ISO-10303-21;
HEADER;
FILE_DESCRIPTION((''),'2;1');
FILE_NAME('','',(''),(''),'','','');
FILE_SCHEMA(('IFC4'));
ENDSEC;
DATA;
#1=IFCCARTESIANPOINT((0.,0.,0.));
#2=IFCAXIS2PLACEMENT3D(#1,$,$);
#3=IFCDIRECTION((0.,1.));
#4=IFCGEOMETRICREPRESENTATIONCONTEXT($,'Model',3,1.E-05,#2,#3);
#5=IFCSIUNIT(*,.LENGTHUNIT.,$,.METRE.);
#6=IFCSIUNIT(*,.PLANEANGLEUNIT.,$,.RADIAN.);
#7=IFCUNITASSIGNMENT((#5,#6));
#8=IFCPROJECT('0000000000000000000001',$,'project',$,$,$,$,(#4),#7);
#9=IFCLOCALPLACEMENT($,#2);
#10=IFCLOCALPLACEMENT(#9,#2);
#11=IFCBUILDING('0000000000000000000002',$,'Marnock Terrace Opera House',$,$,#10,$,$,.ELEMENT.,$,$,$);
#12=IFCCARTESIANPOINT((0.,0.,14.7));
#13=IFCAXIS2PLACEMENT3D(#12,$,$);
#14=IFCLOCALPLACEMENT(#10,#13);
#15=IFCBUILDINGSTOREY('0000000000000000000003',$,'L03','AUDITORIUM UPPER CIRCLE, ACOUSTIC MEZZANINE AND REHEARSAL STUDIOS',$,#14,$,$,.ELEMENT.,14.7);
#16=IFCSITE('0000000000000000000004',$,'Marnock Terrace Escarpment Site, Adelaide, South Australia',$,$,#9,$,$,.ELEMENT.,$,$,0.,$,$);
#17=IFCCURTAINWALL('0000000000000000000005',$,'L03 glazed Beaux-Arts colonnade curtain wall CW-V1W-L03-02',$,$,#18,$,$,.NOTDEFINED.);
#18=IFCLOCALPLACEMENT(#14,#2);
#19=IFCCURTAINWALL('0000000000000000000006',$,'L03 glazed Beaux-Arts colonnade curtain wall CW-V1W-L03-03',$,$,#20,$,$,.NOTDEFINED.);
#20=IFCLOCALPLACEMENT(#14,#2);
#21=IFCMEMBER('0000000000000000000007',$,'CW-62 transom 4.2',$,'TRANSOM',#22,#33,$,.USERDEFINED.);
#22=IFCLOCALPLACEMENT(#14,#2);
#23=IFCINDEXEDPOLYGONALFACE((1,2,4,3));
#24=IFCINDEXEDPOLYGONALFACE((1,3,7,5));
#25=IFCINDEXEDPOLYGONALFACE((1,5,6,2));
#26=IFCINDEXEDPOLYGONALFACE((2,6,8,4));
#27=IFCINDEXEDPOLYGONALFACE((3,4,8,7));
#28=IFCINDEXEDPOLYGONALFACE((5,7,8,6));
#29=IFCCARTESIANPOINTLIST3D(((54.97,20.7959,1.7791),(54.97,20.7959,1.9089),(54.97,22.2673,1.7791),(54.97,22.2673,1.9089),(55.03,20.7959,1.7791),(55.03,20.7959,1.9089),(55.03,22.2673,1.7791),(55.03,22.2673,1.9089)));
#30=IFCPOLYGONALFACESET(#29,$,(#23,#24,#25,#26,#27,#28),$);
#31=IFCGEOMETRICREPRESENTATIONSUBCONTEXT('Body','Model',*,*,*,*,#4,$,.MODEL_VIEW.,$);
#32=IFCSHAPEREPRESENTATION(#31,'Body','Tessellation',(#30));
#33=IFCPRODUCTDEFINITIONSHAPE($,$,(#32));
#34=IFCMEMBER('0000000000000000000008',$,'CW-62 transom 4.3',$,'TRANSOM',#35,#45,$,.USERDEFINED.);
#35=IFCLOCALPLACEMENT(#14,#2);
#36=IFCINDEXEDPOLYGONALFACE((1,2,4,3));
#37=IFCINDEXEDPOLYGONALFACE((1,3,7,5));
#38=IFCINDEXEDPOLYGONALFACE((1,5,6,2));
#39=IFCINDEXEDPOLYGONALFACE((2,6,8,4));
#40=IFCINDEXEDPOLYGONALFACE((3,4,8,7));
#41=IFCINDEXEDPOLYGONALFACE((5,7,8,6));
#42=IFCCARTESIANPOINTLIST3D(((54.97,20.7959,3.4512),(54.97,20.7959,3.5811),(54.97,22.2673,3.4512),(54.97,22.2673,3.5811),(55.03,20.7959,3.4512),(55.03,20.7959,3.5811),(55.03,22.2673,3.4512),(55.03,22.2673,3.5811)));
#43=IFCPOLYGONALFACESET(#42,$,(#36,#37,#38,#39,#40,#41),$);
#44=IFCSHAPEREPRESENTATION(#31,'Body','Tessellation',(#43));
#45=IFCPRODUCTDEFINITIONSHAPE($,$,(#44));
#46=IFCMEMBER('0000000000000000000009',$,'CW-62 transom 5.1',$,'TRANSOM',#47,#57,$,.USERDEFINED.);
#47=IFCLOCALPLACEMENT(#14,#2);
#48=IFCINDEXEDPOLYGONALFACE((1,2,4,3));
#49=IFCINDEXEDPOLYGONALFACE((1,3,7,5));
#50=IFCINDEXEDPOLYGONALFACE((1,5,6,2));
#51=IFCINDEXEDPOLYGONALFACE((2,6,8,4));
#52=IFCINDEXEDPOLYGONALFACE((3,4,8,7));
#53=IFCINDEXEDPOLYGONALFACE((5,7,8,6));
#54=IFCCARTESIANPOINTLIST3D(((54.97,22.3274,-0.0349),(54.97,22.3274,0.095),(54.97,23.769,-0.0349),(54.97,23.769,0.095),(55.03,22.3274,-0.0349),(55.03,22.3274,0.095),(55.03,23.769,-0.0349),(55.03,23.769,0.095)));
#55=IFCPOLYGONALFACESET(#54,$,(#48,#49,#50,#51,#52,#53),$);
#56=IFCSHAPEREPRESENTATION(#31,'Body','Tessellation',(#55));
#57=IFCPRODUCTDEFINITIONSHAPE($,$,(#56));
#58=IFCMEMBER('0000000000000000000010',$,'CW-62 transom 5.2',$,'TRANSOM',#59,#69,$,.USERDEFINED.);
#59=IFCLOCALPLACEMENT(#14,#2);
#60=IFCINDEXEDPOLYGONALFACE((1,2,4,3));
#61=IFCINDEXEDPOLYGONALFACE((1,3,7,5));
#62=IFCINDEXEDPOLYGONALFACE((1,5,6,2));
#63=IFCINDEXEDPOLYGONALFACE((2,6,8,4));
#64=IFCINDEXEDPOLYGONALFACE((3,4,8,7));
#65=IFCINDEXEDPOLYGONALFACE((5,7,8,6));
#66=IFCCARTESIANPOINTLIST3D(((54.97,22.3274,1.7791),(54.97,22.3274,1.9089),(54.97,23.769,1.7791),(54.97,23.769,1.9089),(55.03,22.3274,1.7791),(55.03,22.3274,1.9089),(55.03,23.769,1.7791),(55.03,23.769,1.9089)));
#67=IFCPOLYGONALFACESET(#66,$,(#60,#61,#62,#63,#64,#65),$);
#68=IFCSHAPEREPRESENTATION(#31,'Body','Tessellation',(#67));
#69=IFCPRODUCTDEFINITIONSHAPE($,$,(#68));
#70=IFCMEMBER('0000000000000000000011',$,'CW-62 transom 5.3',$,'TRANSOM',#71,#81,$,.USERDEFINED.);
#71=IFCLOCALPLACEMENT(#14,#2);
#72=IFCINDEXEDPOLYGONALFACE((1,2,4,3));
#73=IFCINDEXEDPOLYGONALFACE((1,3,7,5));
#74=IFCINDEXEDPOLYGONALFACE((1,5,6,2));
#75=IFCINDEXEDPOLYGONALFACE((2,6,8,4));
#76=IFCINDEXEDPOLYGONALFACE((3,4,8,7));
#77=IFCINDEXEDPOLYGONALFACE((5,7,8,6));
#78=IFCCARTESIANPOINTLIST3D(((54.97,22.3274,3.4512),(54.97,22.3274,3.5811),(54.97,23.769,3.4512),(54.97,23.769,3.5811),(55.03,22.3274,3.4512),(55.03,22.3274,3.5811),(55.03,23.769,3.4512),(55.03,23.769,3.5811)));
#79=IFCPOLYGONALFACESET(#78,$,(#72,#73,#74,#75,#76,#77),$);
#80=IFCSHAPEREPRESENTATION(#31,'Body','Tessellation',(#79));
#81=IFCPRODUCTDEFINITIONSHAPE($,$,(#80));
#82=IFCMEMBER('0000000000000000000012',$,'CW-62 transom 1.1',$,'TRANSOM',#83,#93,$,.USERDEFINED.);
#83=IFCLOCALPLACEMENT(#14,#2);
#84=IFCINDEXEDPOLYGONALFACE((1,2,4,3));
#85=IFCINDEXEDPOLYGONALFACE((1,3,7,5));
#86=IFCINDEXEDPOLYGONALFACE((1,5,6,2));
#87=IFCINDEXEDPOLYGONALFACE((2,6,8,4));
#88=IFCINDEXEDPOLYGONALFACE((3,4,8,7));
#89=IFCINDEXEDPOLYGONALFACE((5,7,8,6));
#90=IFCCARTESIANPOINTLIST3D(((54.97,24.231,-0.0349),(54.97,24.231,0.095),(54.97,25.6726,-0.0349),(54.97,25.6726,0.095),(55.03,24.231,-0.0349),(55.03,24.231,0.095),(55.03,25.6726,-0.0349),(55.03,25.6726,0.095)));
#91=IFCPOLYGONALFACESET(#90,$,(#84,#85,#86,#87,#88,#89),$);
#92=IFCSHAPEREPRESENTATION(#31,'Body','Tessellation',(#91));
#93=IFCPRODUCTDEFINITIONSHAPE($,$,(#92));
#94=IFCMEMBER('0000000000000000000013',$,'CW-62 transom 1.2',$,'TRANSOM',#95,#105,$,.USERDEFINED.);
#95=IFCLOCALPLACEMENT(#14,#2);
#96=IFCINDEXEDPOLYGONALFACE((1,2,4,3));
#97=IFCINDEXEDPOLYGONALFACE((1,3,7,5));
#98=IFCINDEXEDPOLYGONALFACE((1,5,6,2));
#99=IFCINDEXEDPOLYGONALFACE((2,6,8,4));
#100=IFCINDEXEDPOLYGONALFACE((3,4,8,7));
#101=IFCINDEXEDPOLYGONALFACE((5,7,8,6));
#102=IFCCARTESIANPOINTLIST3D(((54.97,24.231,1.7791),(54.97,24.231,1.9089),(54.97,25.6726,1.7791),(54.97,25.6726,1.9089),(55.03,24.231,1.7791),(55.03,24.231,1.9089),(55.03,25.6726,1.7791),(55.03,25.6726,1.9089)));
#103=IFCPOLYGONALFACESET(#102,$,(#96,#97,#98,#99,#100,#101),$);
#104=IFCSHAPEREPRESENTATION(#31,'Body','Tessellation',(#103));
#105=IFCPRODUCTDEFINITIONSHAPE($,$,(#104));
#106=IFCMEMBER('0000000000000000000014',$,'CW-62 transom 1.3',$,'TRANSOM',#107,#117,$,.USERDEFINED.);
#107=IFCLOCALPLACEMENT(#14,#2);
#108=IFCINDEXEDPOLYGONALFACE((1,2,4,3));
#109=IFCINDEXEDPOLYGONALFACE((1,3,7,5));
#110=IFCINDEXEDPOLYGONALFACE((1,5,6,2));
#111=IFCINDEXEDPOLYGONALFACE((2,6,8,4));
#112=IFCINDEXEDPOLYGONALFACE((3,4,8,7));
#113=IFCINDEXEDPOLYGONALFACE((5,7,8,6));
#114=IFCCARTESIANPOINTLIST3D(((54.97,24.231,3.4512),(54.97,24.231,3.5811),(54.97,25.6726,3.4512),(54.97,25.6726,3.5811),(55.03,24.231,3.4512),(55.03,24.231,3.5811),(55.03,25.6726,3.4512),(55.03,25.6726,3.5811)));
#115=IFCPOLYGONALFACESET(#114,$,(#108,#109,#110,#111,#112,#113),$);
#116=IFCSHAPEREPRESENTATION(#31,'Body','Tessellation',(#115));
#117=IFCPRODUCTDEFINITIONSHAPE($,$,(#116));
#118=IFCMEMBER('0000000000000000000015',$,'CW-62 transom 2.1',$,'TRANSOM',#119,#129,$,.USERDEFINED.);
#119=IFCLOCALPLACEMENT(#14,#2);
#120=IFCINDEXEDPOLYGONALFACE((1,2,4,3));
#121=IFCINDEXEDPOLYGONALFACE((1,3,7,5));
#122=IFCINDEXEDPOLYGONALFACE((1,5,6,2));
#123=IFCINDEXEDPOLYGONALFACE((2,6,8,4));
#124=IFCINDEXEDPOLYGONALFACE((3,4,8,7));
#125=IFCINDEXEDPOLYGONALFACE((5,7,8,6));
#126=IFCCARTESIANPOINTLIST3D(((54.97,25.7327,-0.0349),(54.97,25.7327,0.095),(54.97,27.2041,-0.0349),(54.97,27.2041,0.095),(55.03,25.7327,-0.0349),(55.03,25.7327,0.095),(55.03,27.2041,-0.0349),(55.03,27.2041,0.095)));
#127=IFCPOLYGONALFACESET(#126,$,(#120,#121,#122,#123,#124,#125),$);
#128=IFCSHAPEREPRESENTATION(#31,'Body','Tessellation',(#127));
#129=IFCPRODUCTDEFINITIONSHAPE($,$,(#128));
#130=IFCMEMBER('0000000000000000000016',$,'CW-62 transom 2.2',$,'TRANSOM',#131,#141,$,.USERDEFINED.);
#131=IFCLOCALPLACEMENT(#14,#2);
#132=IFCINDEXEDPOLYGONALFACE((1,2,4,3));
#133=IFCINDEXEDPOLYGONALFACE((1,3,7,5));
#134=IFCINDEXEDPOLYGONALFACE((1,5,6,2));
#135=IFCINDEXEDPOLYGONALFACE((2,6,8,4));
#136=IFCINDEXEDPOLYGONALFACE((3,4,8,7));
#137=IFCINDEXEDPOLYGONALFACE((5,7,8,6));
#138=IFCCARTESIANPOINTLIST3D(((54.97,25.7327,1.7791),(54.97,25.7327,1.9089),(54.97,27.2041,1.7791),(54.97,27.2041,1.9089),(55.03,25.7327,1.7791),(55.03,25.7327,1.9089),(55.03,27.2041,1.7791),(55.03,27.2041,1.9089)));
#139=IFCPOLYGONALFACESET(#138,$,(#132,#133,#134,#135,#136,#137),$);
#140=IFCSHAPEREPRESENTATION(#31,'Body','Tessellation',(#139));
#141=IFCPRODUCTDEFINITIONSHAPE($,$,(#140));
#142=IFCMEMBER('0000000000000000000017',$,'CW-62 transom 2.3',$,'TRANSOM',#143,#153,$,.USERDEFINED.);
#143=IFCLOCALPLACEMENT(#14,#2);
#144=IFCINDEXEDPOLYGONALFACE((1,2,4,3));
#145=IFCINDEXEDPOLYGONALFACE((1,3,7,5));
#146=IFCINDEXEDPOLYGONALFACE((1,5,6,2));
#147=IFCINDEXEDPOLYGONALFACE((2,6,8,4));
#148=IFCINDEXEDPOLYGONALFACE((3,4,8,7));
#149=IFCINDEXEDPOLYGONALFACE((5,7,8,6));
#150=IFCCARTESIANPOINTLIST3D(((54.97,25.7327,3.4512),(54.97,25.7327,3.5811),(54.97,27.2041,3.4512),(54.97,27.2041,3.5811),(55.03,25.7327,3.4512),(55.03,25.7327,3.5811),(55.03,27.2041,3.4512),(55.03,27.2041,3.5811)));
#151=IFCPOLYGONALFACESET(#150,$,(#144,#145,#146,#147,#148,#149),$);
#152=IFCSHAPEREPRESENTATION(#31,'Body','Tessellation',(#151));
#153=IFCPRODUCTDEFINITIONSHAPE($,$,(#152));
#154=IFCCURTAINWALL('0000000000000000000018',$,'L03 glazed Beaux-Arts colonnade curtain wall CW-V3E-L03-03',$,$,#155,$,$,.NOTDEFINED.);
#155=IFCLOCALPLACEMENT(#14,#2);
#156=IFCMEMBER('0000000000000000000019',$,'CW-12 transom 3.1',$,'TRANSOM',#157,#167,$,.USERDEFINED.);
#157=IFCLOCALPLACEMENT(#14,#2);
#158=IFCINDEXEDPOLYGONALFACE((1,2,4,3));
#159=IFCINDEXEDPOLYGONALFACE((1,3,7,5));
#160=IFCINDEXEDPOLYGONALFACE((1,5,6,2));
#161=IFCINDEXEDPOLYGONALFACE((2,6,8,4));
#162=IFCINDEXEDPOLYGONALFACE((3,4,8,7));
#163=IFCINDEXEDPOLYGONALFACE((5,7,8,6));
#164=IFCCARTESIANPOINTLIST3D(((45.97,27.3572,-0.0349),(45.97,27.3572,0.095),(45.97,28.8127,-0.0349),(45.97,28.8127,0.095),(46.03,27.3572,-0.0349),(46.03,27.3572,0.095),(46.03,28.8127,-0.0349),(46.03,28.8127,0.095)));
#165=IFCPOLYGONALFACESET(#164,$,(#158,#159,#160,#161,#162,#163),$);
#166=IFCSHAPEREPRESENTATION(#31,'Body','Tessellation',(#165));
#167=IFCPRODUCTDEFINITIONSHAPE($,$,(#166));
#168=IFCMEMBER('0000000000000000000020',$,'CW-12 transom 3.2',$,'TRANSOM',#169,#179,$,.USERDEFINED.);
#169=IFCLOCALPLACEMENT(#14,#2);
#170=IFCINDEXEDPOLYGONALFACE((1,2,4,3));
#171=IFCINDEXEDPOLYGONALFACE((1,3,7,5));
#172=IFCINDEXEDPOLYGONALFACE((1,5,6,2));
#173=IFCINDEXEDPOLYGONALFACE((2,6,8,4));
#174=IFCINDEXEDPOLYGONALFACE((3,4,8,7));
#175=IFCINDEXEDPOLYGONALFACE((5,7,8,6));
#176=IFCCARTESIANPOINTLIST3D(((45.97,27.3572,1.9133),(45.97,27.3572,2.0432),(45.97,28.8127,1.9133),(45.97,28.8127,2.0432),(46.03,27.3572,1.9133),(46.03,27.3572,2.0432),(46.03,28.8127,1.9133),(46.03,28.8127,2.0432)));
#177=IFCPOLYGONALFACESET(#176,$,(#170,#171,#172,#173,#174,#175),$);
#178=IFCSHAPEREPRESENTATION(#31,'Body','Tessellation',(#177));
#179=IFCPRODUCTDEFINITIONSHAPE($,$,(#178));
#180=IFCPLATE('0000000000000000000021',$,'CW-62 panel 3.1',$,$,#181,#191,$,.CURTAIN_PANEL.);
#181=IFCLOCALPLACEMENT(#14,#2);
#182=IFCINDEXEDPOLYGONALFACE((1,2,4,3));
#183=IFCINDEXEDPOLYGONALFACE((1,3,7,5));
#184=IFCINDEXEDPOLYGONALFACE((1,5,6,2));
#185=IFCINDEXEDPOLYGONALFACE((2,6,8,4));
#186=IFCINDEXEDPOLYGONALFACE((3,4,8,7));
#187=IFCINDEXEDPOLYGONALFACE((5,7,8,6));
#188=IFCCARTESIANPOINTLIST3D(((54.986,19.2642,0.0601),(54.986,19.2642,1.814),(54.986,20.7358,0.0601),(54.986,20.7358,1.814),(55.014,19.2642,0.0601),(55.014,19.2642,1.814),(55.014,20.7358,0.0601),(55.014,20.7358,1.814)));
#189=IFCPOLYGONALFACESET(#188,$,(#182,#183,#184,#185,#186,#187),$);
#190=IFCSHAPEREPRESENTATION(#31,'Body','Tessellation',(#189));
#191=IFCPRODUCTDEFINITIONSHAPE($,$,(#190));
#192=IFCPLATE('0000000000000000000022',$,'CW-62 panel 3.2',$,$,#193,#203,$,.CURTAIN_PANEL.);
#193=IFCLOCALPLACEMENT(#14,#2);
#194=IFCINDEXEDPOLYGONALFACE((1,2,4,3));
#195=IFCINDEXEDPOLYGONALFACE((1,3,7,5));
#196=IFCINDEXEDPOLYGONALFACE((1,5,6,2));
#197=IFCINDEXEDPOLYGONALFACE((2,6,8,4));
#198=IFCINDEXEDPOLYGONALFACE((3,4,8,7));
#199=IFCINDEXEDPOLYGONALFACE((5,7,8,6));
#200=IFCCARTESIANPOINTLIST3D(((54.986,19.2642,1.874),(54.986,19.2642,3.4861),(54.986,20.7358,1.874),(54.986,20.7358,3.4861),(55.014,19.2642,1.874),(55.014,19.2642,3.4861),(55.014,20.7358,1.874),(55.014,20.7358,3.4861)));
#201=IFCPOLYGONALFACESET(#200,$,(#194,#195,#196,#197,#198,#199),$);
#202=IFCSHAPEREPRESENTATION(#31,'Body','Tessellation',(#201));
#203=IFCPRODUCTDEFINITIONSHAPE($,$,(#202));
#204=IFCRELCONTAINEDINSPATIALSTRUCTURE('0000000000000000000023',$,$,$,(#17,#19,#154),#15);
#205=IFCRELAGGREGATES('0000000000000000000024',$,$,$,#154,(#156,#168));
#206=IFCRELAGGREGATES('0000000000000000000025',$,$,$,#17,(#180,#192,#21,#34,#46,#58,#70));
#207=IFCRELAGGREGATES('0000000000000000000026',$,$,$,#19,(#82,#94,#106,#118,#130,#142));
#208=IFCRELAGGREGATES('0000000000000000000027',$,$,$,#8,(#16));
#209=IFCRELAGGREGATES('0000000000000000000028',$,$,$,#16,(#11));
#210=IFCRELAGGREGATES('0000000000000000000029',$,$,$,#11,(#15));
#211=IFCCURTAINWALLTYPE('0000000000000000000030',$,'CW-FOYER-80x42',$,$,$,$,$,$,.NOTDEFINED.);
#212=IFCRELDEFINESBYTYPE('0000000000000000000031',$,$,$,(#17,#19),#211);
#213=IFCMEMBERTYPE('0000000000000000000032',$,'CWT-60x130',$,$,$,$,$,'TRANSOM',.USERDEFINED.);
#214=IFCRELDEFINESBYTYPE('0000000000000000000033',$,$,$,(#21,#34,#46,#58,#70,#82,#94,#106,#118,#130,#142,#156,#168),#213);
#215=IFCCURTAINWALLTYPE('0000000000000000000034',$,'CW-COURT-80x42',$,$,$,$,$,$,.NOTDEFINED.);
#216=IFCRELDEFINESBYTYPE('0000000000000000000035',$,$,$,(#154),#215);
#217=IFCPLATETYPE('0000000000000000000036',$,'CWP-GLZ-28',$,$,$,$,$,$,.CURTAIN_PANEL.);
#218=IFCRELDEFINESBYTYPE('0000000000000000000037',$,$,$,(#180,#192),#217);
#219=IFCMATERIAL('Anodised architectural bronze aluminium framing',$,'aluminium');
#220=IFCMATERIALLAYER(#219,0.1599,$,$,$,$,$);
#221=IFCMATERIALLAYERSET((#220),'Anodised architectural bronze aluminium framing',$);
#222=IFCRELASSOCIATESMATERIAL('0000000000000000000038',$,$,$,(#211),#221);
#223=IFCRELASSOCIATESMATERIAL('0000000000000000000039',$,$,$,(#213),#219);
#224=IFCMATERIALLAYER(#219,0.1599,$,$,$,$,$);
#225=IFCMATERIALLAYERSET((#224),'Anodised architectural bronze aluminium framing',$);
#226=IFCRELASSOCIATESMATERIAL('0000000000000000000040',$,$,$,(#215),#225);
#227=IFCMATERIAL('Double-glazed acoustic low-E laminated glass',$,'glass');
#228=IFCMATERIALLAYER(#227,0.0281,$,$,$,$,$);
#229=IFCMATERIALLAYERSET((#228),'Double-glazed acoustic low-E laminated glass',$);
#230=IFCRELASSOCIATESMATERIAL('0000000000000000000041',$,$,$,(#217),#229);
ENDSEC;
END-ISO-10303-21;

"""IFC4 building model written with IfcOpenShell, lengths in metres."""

from ifc_helpers import new_model, si_unit, direction, frame, origin, origin_2d, place, context, subcontext, project, spatial, rectangle, extrude, material, layer, layer_set, material_profile, profile_set, type_object, element, aggregate, save


model = new_model("IFC4")

# Units and contexts
model_context = context("Model", 3, precision=1e-05, world=origin(), true_north=direction((0.0, 1.0)))
body_context = subcontext(model_context, "Body", "Model", "MODEL_VIEW")
ifc_project = project(units=[si_unit("LENGTHUNIT", "METRE"), si_unit("PLANEANGLEUNIT", "RADIAN")], contexts=[model_context])

# Site, building, storey
site_placement = place(None, origin())
site = spatial("IfcSite", under=ifc_project, at=site_placement, Name="Marnock Terrace Escarpment Site, Adelaide, South Australia", CompositionType="ELEMENT", RefElevation=0.0)
building_placement = place(site_placement, origin())
building = spatial("IfcBuilding", under=site, at=building_placement, Name="Marnock Terrace Opera House", CompositionType="ELEMENT")
storey_placement = place(building_placement, frame((0.0, 0.0, 14.7)))
storey = spatial("IfcBuildingStorey", under=building, at=storey_placement, Name="L03", Description="AUDITORIUM UPPER CIRCLE, ACOUSTIC MEZZANINE AND REHEARSAL STUDIOS", CompositionType="ELEMENT", Elevation=14.7)

# Curtain walls
ifc_material_1 = material(Name="Anodised architectural bronze aluminium framing", Category="aluminium")
ifc_layer_1 = layer(ifc_material_1, 0.1599)
ifc_layer_set_1 = layer_set([ifc_layer_1], Name="Anodised architectural bronze aluminium framing")
curtain_wall_type_1 = type_object("IfcCurtainWallType", Name="CW-FOYER-80x42", PredefinedType="NOTDEFINED", material=ifc_layer_set_1)
curtain_wall_1_placement = place(storey_placement, origin())
curtain_wall_1 = element("IfcCurtainWall", 1, at=curtain_wall_1_placement, inside=storey, type_object=curtain_wall_type_1, Name="L03 glazed Beaux-Arts colonnade curtain wall CW-V1W-L03-02", PredefinedType="NOTDEFINED")
curtain_wall_2_placement = place(storey_placement, origin())
curtain_wall_2 = element("IfcCurtainWall", 2, at=curtain_wall_2_placement, inside=storey, type_object=curtain_wall_type_1, Name="L03 glazed Beaux-Arts colonnade curtain wall CW-V1W-L03-03", PredefinedType="NOTDEFINED")

# Members
ifc_material_profile_1 = material_profile(ifc_material_1, rectangle(XDim=0.0601, YDim=0.1299, at=origin_2d()))
ifc_profile_set_1 = profile_set([ifc_material_profile_1], Name="Anodised architectural bronze aluminium framing")
member_type_1 = type_object("IfcMemberType", Name="CWT-60x130", ElementType="TRANSOM", PredefinedType="USERDEFINED", material=ifc_profile_set_1)
member_1_placement = place(storey_placement, frame((55.0, 20.7959, 1.844), z_axis=(0.0, 1.0, 0.0), x_axis=(-1.0, 0.0, 0.0)))
member_1 = element("IfcMember", 3, at=member_1_placement, type_object=member_type_1, Name="CW-62 transom 4.2", ObjectType="TRANSOM", PredefinedType="USERDEFINED", context=body_context, shape_type="SweptSolid", body=[
    extrude(rectangle(XDim=0.0601, YDim=0.1299, at=origin_2d()), origin(), (0.0, 0.0, 1.0), 1.4714),
])
member_2_placement = place(storey_placement, frame((55.0, 20.7959, 3.5161), z_axis=(0.0, 1.0, 0.0), x_axis=(-1.0, 0.0, 0.0)))
member_2 = element("IfcMember", 4, at=member_2_placement, type_object=member_type_1, Name="CW-62 transom 4.3", ObjectType="TRANSOM", PredefinedType="USERDEFINED", context=body_context, shape_type="SweptSolid", body=[
    extrude(rectangle(XDim=0.0601, YDim=0.1299, at=origin_2d()), origin(), (0.0, 0.0, 1.0), 1.4714),
])
member_3_placement = place(storey_placement, frame((55.0, 22.3274, 0.03), z_axis=(0.0, 1.0, 0.0), x_axis=(-1.0, 0.0, 0.0)))
member_3 = element("IfcMember", 5, at=member_3_placement, type_object=member_type_1, Name="CW-62 transom 5.1", ObjectType="TRANSOM", PredefinedType="USERDEFINED", context=body_context, shape_type="SweptSolid", body=[
    extrude(rectangle(XDim=0.0601, YDim=0.1299, at=origin_2d()), origin(), (0.0, 0.0, 1.0), 1.4417),
])
member_4_placement = place(storey_placement, frame((55.0, 22.3274, 1.844), z_axis=(0.0, 1.0, 0.0), x_axis=(-1.0, 0.0, 0.0)))
member_4 = element("IfcMember", 6, at=member_4_placement, type_object=member_type_1, Name="CW-62 transom 5.2", ObjectType="TRANSOM", PredefinedType="USERDEFINED", context=body_context, shape_type="SweptSolid", body=[
    extrude(rectangle(XDim=0.0601, YDim=0.1299, at=origin_2d()), origin(), (0.0, 0.0, 1.0), 1.4417),
])
member_5_placement = place(storey_placement, frame((55.0, 22.3274, 3.5161), z_axis=(0.0, 1.0, 0.0), x_axis=(-1.0, 0.0, 0.0)))
member_5 = element("IfcMember", 7, at=member_5_placement, type_object=member_type_1, Name="CW-62 transom 5.3", ObjectType="TRANSOM", PredefinedType="USERDEFINED", context=body_context, shape_type="SweptSolid", body=[
    extrude(rectangle(XDim=0.0601, YDim=0.1299, at=origin_2d()), origin(), (0.0, 0.0, 1.0), 1.4417),
])
member_6_placement = place(storey_placement, frame((55.0, 24.231, 0.03), z_axis=(0.0, 1.0, 0.0), x_axis=(-1.0, 0.0, 0.0)))
member_6 = element("IfcMember", 8, at=member_6_placement, type_object=member_type_1, Name="CW-62 transom 1.1", ObjectType="TRANSOM", PredefinedType="USERDEFINED", context=body_context, shape_type="SweptSolid", body=[
    extrude(rectangle(XDim=0.0601, YDim=0.1299, at=origin_2d()), origin(), (0.0, 0.0, 1.0), 1.4417),
])
member_7_placement = place(storey_placement, frame((55.0, 24.231, 1.844), z_axis=(0.0, 1.0, 0.0), x_axis=(-1.0, 0.0, 0.0)))
member_7 = element("IfcMember", 9, at=member_7_placement, type_object=member_type_1, Name="CW-62 transom 1.2", ObjectType="TRANSOM", PredefinedType="USERDEFINED", context=body_context, shape_type="SweptSolid", body=[
    extrude(rectangle(XDim=0.0601, YDim=0.1299, at=origin_2d()), origin(), (0.0, 0.0, 1.0), 1.4417),
])
member_8_placement = place(storey_placement, frame((55.0, 24.231, 3.5161), z_axis=(0.0, 1.0, 0.0), x_axis=(-1.0, 0.0, 0.0)))
member_8 = element("IfcMember", 10, at=member_8_placement, type_object=member_type_1, Name="CW-62 transom 1.3", ObjectType="TRANSOM", PredefinedType="USERDEFINED", context=body_context, shape_type="SweptSolid", body=[
    extrude(rectangle(XDim=0.0601, YDim=0.1299, at=origin_2d()), origin(), (0.0, 0.0, 1.0), 1.4417),
])
member_9_placement = place(storey_placement, frame((55.0, 25.7327, 0.03), z_axis=(0.0, 1.0, 0.0), x_axis=(-1.0, 0.0, 0.0)))
member_9 = element("IfcMember", 11, at=member_9_placement, type_object=member_type_1, Name="CW-62 transom 2.1", ObjectType="TRANSOM", PredefinedType="USERDEFINED", context=body_context, shape_type="SweptSolid", body=[
    extrude(rectangle(XDim=0.0601, YDim=0.1299, at=origin_2d()), origin(), (0.0, 0.0, 1.0), 1.4714),
])
member_10_placement = place(storey_placement, frame((55.0, 25.7327, 1.844), z_axis=(0.0, 1.0, 0.0), x_axis=(-1.0, 0.0, 0.0)))
member_10 = element("IfcMember", 12, at=member_10_placement, type_object=member_type_1, Name="CW-62 transom 2.2", ObjectType="TRANSOM", PredefinedType="USERDEFINED", context=body_context, shape_type="SweptSolid", body=[
    extrude(rectangle(XDim=0.0601, YDim=0.1299, at=origin_2d()), origin(), (0.0, 0.0, 1.0), 1.4714),
])
member_11_placement = place(storey_placement, frame((55.0, 25.7327, 3.5161), z_axis=(0.0, 1.0, 0.0), x_axis=(-1.0, 0.0, 0.0)))
member_11 = element("IfcMember", 13, at=member_11_placement, type_object=member_type_1, Name="CW-62 transom 2.3", ObjectType="TRANSOM", PredefinedType="USERDEFINED", context=body_context, shape_type="SweptSolid", body=[
    extrude(rectangle(XDim=0.0601, YDim=0.1299, at=origin_2d()), origin(), (0.0, 0.0, 1.0), 1.4714),
])

# Curtain wall, members
ifc_layer_2 = layer(ifc_material_1, 0.1599)
ifc_layer_set_2 = layer_set([ifc_layer_2], Name="Anodised architectural bronze aluminium framing")
curtain_wall_type_2 = type_object("IfcCurtainWallType", Name="CW-COURT-80x42", PredefinedType="NOTDEFINED", material=ifc_layer_set_2)
curtain_wall_3_placement = place(storey_placement, origin())
curtain_wall_3 = element("IfcCurtainWall", 14, at=curtain_wall_3_placement, inside=storey, type_object=curtain_wall_type_2, Name="L03 glazed Beaux-Arts colonnade curtain wall CW-V3E-L03-03", PredefinedType="NOTDEFINED")
member_12_placement = place(storey_placement, frame((46.0, 27.3572, 0.03), z_axis=(0.0, 1.0, 0.0), x_axis=(-1.0, 0.0, 0.0)))
member_12 = element("IfcMember", 15, at=member_12_placement, type_object=member_type_1, Name="CW-12 transom 3.1", ObjectType="TRANSOM", PredefinedType="USERDEFINED", context=body_context, shape_type="SweptSolid", body=[
    extrude(rectangle(XDim=0.0601, YDim=0.1299, at=origin_2d()), origin(), (0.0, 0.0, 1.0), 1.4556),
])
member_13_placement = place(storey_placement, frame((46.0, 27.3572, 1.9783), z_axis=(0.0, 1.0, 0.0), x_axis=(-1.0, 0.0, 0.0)))
member_13 = element("IfcMember", 16, at=member_13_placement, type_object=member_type_1, Name="CW-12 transom 3.2", ObjectType="TRANSOM", PredefinedType="USERDEFINED", context=body_context, shape_type="SweptSolid", body=[
    extrude(rectangle(XDim=0.0601, YDim=0.1299, at=origin_2d()), origin(), (0.0, 0.0, 1.0), 1.4556),
])
aggregate(curtain_wall_3, [member_12, member_13])

# Plates
ifc_material_2 = material(Name="Double-glazed acoustic low-E laminated glass", Category="glass")
ifc_layer_3 = layer(ifc_material_2, 0.0281)
ifc_layer_set_3 = layer_set([ifc_layer_3], Name="Double-glazed acoustic low-E laminated glass")
plate_type = type_object("IfcPlateType", Name="CWP-GLZ-28", PredefinedType="CURTAIN_PANEL", material=ifc_layer_set_3)
plate_1_placement = place(storey_placement, frame((55.0, 20.0, 0.0601), z_axis=(0.0, 0.0, 1.0), x_axis=(0.0, 1.0, 0.0)))
plate_1 = element("IfcPlate", 17, at=plate_1_placement, type_object=plate_type, Name="CW-62 panel 3.1", PredefinedType="CURTAIN_PANEL", context=body_context, shape_type="SweptSolid", body=[
    extrude(rectangle(XDim=1.4717, YDim=0.0281, at=origin_2d()), origin(), (0.0, 0.0, 1.0), 1.7539),
])
plate_2_placement = place(storey_placement, frame((55.0, 20.0, 1.874), z_axis=(0.0, 0.0, 1.0), x_axis=(0.0, 1.0, 0.0)))
plate_2 = element("IfcPlate", 18, at=plate_2_placement, type_object=plate_type, Name="CW-62 panel 3.2", PredefinedType="CURTAIN_PANEL", context=body_context, shape_type="SweptSolid", body=[
    extrude(rectangle(XDim=1.4717, YDim=0.0281, at=origin_2d()), origin(), (0.0, 0.0, 1.0), 1.6121),
])
aggregate(curtain_wall_1, [plate_1, plate_2, member_1, member_2, member_3, member_4, member_5])
aggregate(curtain_wall_2, [member_6, member_7, member_8, member_9, member_10, member_11])

save(model, "model.ifc")
